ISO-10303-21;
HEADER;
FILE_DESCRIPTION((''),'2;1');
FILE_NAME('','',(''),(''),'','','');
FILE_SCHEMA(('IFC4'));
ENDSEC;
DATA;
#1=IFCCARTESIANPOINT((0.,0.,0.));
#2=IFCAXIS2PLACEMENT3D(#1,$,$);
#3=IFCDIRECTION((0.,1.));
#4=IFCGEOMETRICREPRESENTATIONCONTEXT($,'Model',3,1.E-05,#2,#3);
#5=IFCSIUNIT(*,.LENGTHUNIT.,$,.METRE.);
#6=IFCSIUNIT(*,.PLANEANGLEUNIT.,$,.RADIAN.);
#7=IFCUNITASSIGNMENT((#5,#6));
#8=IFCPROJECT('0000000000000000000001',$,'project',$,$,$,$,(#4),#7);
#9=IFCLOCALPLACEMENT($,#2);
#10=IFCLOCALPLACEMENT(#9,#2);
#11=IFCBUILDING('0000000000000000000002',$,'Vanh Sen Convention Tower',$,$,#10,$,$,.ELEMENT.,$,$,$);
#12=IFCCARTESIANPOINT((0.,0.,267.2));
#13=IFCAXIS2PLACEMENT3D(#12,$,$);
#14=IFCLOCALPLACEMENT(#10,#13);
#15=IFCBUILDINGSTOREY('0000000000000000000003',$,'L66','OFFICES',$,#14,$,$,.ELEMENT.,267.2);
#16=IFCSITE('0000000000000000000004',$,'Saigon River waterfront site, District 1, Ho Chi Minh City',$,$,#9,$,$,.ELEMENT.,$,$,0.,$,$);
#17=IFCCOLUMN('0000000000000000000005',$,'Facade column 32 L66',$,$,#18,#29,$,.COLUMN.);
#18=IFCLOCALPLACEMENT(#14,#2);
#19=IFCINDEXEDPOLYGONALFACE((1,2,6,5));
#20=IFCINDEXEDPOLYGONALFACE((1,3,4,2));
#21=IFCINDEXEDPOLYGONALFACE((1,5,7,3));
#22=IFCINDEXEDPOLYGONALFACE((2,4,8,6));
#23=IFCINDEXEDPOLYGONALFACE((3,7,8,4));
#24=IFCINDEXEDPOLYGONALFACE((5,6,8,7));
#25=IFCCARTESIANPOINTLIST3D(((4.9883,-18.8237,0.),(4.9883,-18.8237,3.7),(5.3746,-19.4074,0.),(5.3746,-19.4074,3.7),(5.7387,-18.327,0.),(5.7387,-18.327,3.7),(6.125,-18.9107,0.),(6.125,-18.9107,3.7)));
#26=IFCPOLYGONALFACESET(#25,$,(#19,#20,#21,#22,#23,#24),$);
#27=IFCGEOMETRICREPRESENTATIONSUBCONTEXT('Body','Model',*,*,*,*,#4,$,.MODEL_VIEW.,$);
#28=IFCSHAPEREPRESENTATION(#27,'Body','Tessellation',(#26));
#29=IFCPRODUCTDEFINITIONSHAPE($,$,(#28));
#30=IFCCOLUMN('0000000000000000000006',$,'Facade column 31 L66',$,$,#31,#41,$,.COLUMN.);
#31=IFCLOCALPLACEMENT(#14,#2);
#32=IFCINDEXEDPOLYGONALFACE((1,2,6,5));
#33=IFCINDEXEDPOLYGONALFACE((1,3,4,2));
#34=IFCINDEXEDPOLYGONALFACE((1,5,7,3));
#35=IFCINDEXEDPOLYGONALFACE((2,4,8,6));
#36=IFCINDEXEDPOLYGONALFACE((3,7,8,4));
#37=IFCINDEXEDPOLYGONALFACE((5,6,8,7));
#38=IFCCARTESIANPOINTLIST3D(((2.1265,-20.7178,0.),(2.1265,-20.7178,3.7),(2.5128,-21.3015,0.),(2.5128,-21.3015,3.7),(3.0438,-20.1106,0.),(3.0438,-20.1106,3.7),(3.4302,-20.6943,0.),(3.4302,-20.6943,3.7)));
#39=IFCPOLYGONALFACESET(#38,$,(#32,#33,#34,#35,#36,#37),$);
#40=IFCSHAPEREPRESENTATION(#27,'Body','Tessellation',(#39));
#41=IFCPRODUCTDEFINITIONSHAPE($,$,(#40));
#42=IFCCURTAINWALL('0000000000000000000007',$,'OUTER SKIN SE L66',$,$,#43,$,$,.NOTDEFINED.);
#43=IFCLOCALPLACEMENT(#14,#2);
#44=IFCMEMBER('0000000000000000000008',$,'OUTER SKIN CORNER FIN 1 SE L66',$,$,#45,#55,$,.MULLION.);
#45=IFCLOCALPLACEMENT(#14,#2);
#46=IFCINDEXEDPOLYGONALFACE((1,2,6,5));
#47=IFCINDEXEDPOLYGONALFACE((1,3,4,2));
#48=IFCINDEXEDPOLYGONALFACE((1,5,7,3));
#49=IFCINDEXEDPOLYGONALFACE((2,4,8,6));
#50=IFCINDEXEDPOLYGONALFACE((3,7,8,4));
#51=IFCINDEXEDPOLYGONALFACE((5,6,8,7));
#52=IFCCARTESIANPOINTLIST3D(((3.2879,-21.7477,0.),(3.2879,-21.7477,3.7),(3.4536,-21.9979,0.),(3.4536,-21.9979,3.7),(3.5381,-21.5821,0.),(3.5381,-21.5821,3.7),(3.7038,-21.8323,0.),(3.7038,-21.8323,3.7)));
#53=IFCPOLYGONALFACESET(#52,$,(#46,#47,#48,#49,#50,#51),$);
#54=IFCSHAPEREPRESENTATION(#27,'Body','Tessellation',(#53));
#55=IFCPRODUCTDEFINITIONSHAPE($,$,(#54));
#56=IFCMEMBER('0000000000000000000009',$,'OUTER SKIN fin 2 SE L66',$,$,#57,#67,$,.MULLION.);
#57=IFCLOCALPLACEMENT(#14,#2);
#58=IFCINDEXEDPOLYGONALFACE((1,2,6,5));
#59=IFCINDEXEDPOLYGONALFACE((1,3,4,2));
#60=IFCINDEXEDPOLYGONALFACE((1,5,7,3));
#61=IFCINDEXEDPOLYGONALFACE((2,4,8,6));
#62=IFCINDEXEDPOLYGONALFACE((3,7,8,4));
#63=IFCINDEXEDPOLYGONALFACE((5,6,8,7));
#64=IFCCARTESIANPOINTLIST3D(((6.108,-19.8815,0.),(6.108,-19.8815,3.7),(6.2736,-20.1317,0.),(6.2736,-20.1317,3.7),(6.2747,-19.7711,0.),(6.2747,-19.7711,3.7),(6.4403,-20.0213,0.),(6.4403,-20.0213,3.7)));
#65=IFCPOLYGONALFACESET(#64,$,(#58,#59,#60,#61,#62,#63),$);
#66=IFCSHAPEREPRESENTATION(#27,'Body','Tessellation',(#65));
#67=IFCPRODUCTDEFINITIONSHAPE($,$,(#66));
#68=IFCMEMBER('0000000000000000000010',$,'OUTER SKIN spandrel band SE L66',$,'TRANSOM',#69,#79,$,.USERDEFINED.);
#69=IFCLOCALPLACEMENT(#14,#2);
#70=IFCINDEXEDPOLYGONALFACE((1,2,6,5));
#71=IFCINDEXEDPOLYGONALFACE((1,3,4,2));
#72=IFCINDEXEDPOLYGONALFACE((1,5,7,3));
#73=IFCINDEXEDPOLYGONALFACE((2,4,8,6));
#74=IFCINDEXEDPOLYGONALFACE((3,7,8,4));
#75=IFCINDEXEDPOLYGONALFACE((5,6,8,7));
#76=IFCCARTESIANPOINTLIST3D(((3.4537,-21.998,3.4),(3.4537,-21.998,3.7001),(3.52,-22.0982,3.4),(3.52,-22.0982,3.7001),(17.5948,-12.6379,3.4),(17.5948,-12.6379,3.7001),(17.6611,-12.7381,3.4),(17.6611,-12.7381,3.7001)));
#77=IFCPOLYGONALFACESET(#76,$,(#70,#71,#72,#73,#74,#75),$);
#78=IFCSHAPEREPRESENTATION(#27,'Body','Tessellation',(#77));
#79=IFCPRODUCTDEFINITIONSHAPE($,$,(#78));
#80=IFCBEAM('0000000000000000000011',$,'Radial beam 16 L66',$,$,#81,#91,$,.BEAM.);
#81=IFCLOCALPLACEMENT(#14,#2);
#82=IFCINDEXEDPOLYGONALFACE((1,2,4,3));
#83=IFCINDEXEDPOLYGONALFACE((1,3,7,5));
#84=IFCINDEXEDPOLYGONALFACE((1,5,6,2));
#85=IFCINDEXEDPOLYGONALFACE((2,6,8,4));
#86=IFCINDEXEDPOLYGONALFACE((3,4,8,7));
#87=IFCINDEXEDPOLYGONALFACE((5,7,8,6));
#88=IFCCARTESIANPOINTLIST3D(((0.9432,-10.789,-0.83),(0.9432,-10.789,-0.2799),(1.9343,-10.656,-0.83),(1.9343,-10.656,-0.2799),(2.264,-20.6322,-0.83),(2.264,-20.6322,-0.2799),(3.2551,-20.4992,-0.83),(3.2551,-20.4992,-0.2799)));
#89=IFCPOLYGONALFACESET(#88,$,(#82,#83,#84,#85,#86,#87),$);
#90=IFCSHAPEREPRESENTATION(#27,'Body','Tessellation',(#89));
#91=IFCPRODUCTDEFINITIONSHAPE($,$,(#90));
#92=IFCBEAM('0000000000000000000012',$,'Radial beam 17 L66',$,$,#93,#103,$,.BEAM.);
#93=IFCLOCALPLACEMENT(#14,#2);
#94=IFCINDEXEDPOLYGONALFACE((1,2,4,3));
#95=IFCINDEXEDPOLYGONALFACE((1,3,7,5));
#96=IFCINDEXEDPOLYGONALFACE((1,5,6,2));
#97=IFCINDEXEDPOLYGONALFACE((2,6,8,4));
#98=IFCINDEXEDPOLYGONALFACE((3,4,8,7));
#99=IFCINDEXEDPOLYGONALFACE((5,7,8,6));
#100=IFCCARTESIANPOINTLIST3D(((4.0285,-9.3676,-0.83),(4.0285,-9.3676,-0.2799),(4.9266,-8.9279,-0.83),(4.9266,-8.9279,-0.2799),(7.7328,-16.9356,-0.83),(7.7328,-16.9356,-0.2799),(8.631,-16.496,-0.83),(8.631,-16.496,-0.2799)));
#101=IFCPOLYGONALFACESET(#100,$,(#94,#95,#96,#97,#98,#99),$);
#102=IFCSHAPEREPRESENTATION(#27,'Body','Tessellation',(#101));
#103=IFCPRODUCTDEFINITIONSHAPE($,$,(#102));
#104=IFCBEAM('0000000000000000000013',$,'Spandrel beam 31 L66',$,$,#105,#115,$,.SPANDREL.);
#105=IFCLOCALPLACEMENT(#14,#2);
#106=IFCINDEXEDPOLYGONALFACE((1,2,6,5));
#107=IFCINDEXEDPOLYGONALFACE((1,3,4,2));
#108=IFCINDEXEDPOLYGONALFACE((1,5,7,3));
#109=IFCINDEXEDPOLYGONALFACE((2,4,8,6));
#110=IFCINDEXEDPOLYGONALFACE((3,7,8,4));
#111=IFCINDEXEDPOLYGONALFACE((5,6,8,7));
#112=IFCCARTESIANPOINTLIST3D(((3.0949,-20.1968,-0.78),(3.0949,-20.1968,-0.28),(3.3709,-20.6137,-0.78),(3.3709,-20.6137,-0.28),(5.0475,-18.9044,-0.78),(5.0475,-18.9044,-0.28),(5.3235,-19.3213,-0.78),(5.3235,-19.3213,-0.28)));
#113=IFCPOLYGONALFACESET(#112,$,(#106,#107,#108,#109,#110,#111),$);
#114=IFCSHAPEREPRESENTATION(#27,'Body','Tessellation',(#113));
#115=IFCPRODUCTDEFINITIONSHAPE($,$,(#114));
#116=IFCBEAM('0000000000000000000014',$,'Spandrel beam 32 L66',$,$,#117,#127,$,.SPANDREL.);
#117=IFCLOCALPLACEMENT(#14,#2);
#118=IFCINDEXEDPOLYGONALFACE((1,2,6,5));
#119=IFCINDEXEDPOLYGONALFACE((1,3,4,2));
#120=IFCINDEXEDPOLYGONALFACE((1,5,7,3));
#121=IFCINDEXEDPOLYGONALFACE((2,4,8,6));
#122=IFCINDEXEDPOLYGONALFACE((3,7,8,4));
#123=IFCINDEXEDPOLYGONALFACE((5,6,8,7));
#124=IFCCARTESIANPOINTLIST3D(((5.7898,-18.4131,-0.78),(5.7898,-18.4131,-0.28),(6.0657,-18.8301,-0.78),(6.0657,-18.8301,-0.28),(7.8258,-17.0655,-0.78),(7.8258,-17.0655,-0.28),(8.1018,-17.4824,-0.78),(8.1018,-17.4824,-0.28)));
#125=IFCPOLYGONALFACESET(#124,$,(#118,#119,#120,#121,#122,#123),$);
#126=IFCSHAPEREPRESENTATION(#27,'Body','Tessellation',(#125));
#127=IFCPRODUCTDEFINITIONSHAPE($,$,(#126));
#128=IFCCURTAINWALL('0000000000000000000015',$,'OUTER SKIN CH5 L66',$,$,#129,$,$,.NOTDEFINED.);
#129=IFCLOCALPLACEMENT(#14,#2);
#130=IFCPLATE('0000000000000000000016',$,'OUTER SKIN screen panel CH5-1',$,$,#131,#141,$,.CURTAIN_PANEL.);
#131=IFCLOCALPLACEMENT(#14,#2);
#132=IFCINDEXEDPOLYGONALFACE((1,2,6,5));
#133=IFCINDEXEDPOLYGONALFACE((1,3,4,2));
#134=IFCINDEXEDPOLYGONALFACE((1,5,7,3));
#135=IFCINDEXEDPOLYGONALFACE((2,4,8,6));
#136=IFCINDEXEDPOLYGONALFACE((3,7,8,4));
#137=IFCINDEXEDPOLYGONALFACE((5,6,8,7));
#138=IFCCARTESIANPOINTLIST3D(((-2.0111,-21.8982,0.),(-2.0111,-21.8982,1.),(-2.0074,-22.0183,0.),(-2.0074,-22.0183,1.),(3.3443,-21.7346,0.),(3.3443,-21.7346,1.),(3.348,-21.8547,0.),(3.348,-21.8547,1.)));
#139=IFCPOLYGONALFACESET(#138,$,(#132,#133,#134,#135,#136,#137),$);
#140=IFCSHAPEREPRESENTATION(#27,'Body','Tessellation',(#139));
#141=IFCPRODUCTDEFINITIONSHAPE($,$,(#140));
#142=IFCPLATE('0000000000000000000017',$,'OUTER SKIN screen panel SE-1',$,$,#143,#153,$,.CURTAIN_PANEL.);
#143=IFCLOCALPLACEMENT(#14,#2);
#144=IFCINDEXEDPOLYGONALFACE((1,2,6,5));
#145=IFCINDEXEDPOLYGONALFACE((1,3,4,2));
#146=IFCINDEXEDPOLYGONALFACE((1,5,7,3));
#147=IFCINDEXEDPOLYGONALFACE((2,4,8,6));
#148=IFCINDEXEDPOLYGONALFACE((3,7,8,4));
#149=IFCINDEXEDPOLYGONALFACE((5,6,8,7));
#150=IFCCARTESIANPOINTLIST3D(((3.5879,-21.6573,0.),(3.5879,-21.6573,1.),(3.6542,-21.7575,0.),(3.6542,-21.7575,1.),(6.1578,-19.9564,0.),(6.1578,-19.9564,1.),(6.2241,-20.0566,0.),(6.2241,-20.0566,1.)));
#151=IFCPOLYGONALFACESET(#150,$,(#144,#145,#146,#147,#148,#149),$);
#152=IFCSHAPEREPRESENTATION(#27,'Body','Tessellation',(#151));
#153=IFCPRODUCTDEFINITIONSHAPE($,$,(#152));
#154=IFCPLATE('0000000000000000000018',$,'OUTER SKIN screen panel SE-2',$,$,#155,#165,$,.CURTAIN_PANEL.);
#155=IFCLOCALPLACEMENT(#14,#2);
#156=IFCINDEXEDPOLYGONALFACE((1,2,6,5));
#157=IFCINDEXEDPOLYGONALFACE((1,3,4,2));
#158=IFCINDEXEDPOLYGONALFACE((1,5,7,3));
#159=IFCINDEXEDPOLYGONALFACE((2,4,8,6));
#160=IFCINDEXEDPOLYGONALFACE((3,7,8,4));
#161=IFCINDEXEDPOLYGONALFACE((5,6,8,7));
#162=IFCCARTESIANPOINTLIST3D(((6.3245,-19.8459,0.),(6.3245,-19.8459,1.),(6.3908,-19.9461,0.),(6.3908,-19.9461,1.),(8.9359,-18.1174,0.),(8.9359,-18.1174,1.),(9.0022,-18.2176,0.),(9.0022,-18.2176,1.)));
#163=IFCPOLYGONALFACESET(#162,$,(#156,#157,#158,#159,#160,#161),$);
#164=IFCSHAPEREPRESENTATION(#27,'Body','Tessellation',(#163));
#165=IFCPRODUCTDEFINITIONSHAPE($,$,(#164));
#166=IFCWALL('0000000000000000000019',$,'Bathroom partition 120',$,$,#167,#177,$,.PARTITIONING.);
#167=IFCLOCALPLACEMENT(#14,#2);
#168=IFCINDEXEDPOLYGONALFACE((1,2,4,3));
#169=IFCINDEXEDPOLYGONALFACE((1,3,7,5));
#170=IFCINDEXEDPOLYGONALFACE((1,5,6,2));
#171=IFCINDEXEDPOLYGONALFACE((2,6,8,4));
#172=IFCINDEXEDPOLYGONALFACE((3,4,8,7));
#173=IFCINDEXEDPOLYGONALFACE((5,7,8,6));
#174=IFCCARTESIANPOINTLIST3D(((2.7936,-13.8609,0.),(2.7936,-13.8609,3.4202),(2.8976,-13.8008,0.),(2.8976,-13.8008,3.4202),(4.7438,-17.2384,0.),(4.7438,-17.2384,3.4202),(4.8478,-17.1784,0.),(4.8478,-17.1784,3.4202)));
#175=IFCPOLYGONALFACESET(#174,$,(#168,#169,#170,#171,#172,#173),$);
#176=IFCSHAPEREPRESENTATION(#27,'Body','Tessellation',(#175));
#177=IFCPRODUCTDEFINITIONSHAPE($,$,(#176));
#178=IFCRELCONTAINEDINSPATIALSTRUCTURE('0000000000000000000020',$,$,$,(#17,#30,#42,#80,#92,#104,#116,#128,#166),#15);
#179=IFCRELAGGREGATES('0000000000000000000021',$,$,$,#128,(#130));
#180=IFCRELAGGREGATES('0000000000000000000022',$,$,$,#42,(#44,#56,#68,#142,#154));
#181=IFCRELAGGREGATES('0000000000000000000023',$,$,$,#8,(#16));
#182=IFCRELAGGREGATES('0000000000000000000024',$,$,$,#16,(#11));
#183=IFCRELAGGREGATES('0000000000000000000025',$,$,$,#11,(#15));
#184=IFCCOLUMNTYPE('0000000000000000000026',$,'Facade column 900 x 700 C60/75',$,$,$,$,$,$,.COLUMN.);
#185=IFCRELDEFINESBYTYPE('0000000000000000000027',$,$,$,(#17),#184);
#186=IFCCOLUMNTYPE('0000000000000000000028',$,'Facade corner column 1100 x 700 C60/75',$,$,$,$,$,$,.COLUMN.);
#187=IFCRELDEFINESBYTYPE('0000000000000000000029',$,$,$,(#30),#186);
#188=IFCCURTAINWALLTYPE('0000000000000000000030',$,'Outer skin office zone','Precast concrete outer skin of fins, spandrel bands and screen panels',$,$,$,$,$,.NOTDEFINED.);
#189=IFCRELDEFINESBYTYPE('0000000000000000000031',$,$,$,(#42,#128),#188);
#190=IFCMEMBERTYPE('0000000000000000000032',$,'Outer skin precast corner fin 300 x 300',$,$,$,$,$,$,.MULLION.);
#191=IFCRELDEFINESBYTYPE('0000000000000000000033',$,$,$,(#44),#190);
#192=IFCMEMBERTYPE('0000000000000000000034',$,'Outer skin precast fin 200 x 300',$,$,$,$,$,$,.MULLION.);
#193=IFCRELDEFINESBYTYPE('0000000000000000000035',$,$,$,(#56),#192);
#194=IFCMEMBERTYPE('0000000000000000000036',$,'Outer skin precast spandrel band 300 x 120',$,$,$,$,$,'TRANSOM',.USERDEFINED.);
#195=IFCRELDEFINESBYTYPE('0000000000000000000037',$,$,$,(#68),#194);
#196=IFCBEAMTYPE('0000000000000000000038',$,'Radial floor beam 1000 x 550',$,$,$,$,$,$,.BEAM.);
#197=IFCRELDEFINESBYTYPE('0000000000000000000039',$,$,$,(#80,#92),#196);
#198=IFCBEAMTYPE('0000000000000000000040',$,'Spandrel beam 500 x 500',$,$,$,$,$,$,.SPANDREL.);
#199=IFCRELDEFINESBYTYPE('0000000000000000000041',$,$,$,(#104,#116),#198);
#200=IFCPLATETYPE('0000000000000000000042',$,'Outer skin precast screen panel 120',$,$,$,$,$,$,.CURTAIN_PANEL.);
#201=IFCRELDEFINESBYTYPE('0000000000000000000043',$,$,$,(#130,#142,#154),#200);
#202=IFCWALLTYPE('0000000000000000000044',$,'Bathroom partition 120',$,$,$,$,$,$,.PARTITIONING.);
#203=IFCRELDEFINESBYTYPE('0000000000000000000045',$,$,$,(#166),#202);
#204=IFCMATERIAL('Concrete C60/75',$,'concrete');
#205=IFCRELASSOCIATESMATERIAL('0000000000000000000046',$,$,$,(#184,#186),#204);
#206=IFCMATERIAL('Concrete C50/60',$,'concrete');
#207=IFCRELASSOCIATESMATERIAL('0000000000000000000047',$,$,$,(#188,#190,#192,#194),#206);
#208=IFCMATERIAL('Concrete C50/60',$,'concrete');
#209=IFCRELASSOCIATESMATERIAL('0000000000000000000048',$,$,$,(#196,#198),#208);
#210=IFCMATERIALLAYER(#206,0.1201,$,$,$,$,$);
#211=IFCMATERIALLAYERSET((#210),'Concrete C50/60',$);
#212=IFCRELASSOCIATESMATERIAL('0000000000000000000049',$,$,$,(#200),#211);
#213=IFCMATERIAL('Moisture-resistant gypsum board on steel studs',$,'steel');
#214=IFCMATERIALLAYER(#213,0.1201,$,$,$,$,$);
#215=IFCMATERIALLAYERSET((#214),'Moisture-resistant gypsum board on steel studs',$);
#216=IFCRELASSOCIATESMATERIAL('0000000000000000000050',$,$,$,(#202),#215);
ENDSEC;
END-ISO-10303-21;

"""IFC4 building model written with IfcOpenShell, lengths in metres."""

from ifc_helpers import new_model, si_unit, direction, frame, frame_2d, origin, origin_2d, place, context, subcontext, project, spatial, rectangle, extrude, material, layer, layer_set, material_profile, profile_set, type_object, element, aggregate, save


model = new_model("IFC4")

# Units and contexts
model_context = context("Model", 3, precision=1e-05, world=origin(), true_north=direction((0.0, 1.0)))
body_context = subcontext(model_context, "Body", "Model", "MODEL_VIEW")
ifc_project = project(units=[si_unit("LENGTHUNIT", "METRE"), si_unit("PLANEANGLEUNIT", "RADIAN")], contexts=[model_context])

# Site, building, storey
site_placement = place(None, origin())
site = spatial("IfcSite", under=ifc_project, at=site_placement, Name="Saigon River waterfront site, District 1, Ho Chi Minh City", CompositionType="ELEMENT", RefElevation=0.0)
building_placement = place(site_placement, origin())
building = spatial("IfcBuilding", under=site, at=building_placement, Name="Vanh Sen Convention Tower", CompositionType="ELEMENT")
storey_placement = place(building_placement, frame((0.0, 0.0, 267.2)))
storey = spatial("IfcBuildingStorey", under=building, at=storey_placement, Name="L66", Description="OFFICES", CompositionType="ELEMENT", Elevation=267.2)

# Columns
ifc_material_1 = material(Name="Concrete C60/75", Category="concrete")
ifc_material_profile_1 = material_profile(ifc_material_1, rectangle(XDim=0.8999, YDim=0.7, at=origin_2d()), Name="RC 900X700")
ifc_profile_set_1 = profile_set([ifc_material_profile_1], Name="Concrete C60/75")
column_type_1 = type_object("IfcColumnType", Name="Facade column 900 x 700 C60/75", PredefinedType="COLUMN", material=ifc_profile_set_1)
column_1_placement = place(storey_placement, frame((5.5566, -18.8672, 0.0), z_axis=(0.0, 0.0, 1.0), x_axis=(0.833886, 0.551937, 0.0)))
element("IfcColumn", 1, at=column_1_placement, inside=storey, type_object=column_type_1, Name="Facade column 32 L66", PredefinedType="COLUMN", context=body_context, shape_type="SweptSolid", body=[
    extrude(rectangle(XDim=0.8999, YDim=0.7, at=origin_2d()), origin(), (0.0, 0.0, 1.0), 3.7),
])
ifc_material_profile_2 = material_profile(ifc_material_1, rectangle(XDim=1.1001, YDim=0.7, at=origin_2d()), Name="RC 1100X700")
ifc_profile_set_2 = profile_set([ifc_material_profile_2], Name="Concrete C60/75")
column_type_2 = type_object("IfcColumnType", Name="Facade corner column 1100 x 700 C60/75", PredefinedType="COLUMN", material=ifc_profile_set_2)
column_2_placement = place(storey_placement, frame((2.7783, -20.7061, 0.0), z_axis=(0.0, 0.0, 1.0), x_axis=(0.833886, 0.551937, 0.0)))
element("IfcColumn", 2, at=column_2_placement, inside=storey, type_object=column_type_2, Name="Facade column 31 L66", PredefinedType="COLUMN", context=body_context, shape_type="SweptSolid", body=[
    extrude(rectangle(XDim=1.1001, YDim=0.7, at=origin_2d()), origin(), (0.0, 0.0, 1.0), 3.7),
])

# Curtain wall, members
ifc_material_2 = material(Name="Concrete C50/60", Category="concrete")
curtain_wall_type = type_object("IfcCurtainWallType", Name="Outer skin office zone", Description="Precast concrete outer skin of fins, spandrel bands and screen panels", PredefinedType="NOTDEFINED", material=ifc_material_2)
curtain_wall_1_placement = place(storey_placement, origin())
curtain_wall_1 = element("IfcCurtainWall", 3, at=curtain_wall_1_placement, inside=storey, type_object=curtain_wall_type, Name="OUTER SKIN SE L66", PredefinedType="NOTDEFINED")
ifc_material_profile_3 = material_profile(ifc_material_2, rectangle(XDim=0.3, YDim=0.3, at=origin_2d()), Name="Outer skin precast corner fin 300 x 300")
ifc_profile_set_3 = profile_set([ifc_material_profile_3], Name="Concrete C50/60")
member_type_1 = type_object("IfcMemberType", Name="Outer skin precast corner fin 300 x 300", PredefinedType="MULLION", material=ifc_profile_set_3)
member_1_placement = place(storey_placement, frame((3.4958, -21.79, 0.0), z_axis=(0.0, 0.0, 1.0), x_axis=(0.833886, 0.551937, 0.0)))
member_1 = element("IfcMember", 4, at=member_1_placement, type_object=member_type_1, Name="OUTER SKIN CORNER FIN 1 SE L66", PredefinedType="MULLION", context=body_context, shape_type="SweptSolid", body=[
    extrude(rectangle(XDim=0.3, YDim=0.3, at=origin_2d()), origin(), (0.0, 0.0, 1.0), 3.7),
])
ifc_material_profile_4 = material_profile(ifc_material_2, rectangle(XDim=0.2, YDim=0.3, at=origin_2d()), Name="Outer skin precast fin 200 x 300")
ifc_profile_set_4 = profile_set([ifc_material_profile_4], Name="Concrete C50/60")
member_type_2 = type_object("IfcMemberType", Name="Outer skin precast fin 200 x 300", PredefinedType="MULLION", material=ifc_profile_set_4)
member_2_placement = place(storey_placement, frame((6.2742, -19.9514, 0.0), z_axis=(0.0, 0.0, 1.0), x_axis=(0.833886, 0.551937, 0.0)))
member_2 = element("IfcMember", 5, at=member_2_placement, type_object=member_type_2, Name="OUTER SKIN fin 2 SE L66", PredefinedType="MULLION", context=body_context, shape_type="SweptSolid", body=[
    extrude(rectangle(XDim=0.2, YDim=0.3, at=origin_2d()), origin(), (0.0, 0.0, 1.0), 3.7),
])
ifc_material_profile_5 = material_profile(ifc_material_2, rectangle(XDim=0.1201, YDim=0.3, at=origin_2d()), Name="Outer skin precast spandrel band 300 x 120")
ifc_profile_set_5 = profile_set([ifc_material_profile_5], Name="Concrete C50/60")
member_type_3 = type_object("IfcMemberType", Name="Outer skin precast spandrel band 300 x 120", ElementType="TRANSOM", PredefinedType="USERDEFINED", material=ifc_profile_set_5)
member_3_placement = place(storey_placement, frame((3.4868, -22.0481, 3.55), z_axis=(0.833877, 0.55195, 0.0), x_axis=(-0.55195, 0.833877, 0.0)))
member_3 = element("IfcMember", 6, at=member_3_placement, type_object=member_type_3, Name="OUTER SKIN spandrel band SE L66", ObjectType="TRANSOM", PredefinedType="USERDEFINED", context=body_context, shape_type="SweptSolid", body=[
    extrude(rectangle(XDim=0.1201, YDim=0.3, at=origin_2d()), origin(), (0.0, 0.0, 1.0), 16.9583),
])

# Beams
ifc_material_3 = material(Name="Concrete C50/60", Category="concrete")
ifc_material_profile_6 = material_profile(ifc_material_3, rectangle(XDim=1.0, YDim=0.55, at=origin_2d()), Name="RC 1000X550")
ifc_profile_set_6 = profile_set([ifc_material_profile_6], Name="Concrete C50/60")
beam_type_1 = type_object("IfcBeamType", Name="Radial floor beam 1000 x 550", PredefinedType="BEAM", material=ifc_profile_set_6)
beam_1_placement = place(storey_placement, frame((2.7595, -20.5657, -0.5549), z_axis=(-0.132991, 0.991117, 0.0), x_axis=(-0.991117, -0.132991, 0.0)))
element("IfcBeam", 7, at=beam_1_placement, inside=storey, type_object=beam_type_1, Name="Radial beam 16 L66", PredefinedType="BEAM", context=body_context, shape_type="SweptSolid", body=[
    extrude(rectangle(XDim=1.0, YDim=0.55, at=origin_2d()), origin(), (0.0, 0.0, 1.0), 9.9314),
])
beam_2_placement = place(storey_placement, frame((8.1819, -16.7158, -0.5549), z_axis=(-0.439629, 0.898179, 0.0), x_axis=(-0.898179, -0.439629, 0.0)))
element("IfcBeam", 8, at=beam_2_placement, inside=storey, type_object=beam_type_1, Name="Radial beam 17 L66", PredefinedType="BEAM", context=body_context, shape_type="SweptSolid", body=[
    extrude(rectangle(XDim=1.0, YDim=0.55, at=origin_2d()), origin(), (0.0, 0.0, 1.0), 8.426),
])
ifc_material_profile_7 = material_profile(ifc_material_3, rectangle(XDim=0.5, YDim=0.5, at=origin_2d()), Name="RC 500X500")
ifc_profile_set_7 = profile_set([ifc_material_profile_7], Name="Concrete C50/60")
beam_type_2 = type_object("IfcBeamType", Name="Spandrel beam 500 x 500", PredefinedType="SPANDREL", material=ifc_profile_set_7)
beam_3_placement = place(storey_placement, frame((3.2329, -20.4053, -0.53), z_axis=(0.833874, 0.551954, 0.0), x_axis=(-0.551954, 0.833874, 0.0)))
element("IfcBeam", 9, at=beam_3_placement, inside=storey, type_object=beam_type_2, Name="Spandrel beam 31 L66", PredefinedType="SPANDREL", context=body_context, shape_type="SweptSolid", body=[
    extrude(rectangle(XDim=0.5, YDim=0.5, at=origin_2d()), origin(), (0.0, 0.0, 1.0), 2.3416),
])
beam_4_placement = place(storey_placement, frame((5.9277, -18.6216, -0.53), z_axis=(0.833892, 0.551928, 0.0), x_axis=(-0.551928, 0.833892, 0.0)))
element("IfcBeam", 10, at=beam_4_placement, inside=storey, type_object=beam_type_2, Name="Spandrel beam 32 L66", PredefinedType="SPANDREL", context=body_context, shape_type="SweptSolid", body=[
    extrude(rectangle(XDim=0.5, YDim=0.5, at=origin_2d()), origin(), (0.0, 0.0, 1.0), 2.4417),
])

# Curtain wall, plate
curtain_wall_2_placement = place(storey_placement, origin())
curtain_wall_2 = element("IfcCurtainWall", 11, at=curtain_wall_2_placement, inside=storey, type_object=curtain_wall_type, Name="OUTER SKIN CH5 L66", PredefinedType="NOTDEFINED")
ifc_layer_1 = layer(ifc_material_2, 0.1201)
ifc_layer_set_1 = layer_set([ifc_layer_1], Name="Concrete C50/60")
plate_type = type_object("IfcPlateType", Name="Outer skin precast screen panel 120", PredefinedType="CURTAIN_PANEL", material=ifc_layer_set_1)
plate_1_placement = place(storey_placement, frame((0.6685, -21.8765, 0.0), z_axis=(0.0, 0.0, 1.0), x_axis=(0.999534, 0.030539, 0.0)))
plate_1 = element("IfcPlate", 12, at=plate_1_placement, type_object=plate_type, Name="OUTER SKIN screen panel CH5-1", PredefinedType="CURTAIN_PANEL", context=body_context, shape_type="SweptSolid", body=[
    extrude(rectangle(XDim=5.3579, YDim=0.1201, at=origin_2d()), origin(), (0.0, 0.0, 1.0), 1.0),
])
aggregate(curtain_wall_2, [plate_1])

# Plates
plate_2_placement = place(storey_placement, frame((4.906, -20.8569, 0.0), z_axis=(0.0, 0.0, 1.0), x_axis=(0.833902, 0.551912, 0.0)))
plate_2 = element("IfcPlate", 13, at=plate_2_placement, type_object=plate_type, Name="OUTER SKIN screen panel SE-1", PredefinedType="CURTAIN_PANEL", context=body_context, shape_type="SweptSolid", body=[
    extrude(rectangle(XDim=3.0818, YDim=0.1201, at=origin_2d()), origin(), (0.0, 0.0, 1.0), 1.0),
])
plate_3_placement = place(storey_placement, frame((7.6633, -19.0317, 0.0), z_axis=(0.0, 0.0, 1.0), x_axis=(0.833879, 0.551947, 0.0)))
plate_3 = element("IfcPlate", 14, at=plate_3_placement, type_object=plate_type, Name="OUTER SKIN screen panel SE-2", PredefinedType="CURTAIN_PANEL", context=body_context, shape_type="SweptSolid", body=[
    extrude(rectangle(XDim=3.1316, YDim=0.1201, at=origin_2d()), origin(), (0.0, 0.0, 1.0), 1.0),
])
aggregate(curtain_wall_1, [member_1, member_2, member_3, plate_2, plate_3])

# Wall
ifc_material_4 = material(Name="Moisture-resistant gypsum board on steel studs", Category="steel")
ifc_layer_2 = layer(ifc_material_4, 0.1201)
ifc_layer_set_2 = layer_set([ifc_layer_2], Name="Moisture-resistant gypsum board on steel studs")
wall_type_1 = type_object("IfcWallType", Name="Bathroom partition 120", PredefinedType="PARTITIONING", material=ifc_layer_set_2)
wall_1_placement = place(storey_placement, frame((4.7959, -17.2085, 0.0), z_axis=(0.0, 0.0, 1.0), x_axis=(-0.500044, 0.866, 0.0)))
element("IfcWall", 15, at=wall_1_placement, inside=storey, type_object=wall_type_1, Name="Bathroom partition 120", PredefinedType="PARTITIONING", context=body_context, shape_type="SweptSolid", body=[
    extrude(rectangle(XDim=3.9001, YDim=0.1201, at=frame_2d((1.9502, 0.0))), origin(), (0.0, 0.0, 1.0), 3.4202),
])

save(model, "model.ifc")
